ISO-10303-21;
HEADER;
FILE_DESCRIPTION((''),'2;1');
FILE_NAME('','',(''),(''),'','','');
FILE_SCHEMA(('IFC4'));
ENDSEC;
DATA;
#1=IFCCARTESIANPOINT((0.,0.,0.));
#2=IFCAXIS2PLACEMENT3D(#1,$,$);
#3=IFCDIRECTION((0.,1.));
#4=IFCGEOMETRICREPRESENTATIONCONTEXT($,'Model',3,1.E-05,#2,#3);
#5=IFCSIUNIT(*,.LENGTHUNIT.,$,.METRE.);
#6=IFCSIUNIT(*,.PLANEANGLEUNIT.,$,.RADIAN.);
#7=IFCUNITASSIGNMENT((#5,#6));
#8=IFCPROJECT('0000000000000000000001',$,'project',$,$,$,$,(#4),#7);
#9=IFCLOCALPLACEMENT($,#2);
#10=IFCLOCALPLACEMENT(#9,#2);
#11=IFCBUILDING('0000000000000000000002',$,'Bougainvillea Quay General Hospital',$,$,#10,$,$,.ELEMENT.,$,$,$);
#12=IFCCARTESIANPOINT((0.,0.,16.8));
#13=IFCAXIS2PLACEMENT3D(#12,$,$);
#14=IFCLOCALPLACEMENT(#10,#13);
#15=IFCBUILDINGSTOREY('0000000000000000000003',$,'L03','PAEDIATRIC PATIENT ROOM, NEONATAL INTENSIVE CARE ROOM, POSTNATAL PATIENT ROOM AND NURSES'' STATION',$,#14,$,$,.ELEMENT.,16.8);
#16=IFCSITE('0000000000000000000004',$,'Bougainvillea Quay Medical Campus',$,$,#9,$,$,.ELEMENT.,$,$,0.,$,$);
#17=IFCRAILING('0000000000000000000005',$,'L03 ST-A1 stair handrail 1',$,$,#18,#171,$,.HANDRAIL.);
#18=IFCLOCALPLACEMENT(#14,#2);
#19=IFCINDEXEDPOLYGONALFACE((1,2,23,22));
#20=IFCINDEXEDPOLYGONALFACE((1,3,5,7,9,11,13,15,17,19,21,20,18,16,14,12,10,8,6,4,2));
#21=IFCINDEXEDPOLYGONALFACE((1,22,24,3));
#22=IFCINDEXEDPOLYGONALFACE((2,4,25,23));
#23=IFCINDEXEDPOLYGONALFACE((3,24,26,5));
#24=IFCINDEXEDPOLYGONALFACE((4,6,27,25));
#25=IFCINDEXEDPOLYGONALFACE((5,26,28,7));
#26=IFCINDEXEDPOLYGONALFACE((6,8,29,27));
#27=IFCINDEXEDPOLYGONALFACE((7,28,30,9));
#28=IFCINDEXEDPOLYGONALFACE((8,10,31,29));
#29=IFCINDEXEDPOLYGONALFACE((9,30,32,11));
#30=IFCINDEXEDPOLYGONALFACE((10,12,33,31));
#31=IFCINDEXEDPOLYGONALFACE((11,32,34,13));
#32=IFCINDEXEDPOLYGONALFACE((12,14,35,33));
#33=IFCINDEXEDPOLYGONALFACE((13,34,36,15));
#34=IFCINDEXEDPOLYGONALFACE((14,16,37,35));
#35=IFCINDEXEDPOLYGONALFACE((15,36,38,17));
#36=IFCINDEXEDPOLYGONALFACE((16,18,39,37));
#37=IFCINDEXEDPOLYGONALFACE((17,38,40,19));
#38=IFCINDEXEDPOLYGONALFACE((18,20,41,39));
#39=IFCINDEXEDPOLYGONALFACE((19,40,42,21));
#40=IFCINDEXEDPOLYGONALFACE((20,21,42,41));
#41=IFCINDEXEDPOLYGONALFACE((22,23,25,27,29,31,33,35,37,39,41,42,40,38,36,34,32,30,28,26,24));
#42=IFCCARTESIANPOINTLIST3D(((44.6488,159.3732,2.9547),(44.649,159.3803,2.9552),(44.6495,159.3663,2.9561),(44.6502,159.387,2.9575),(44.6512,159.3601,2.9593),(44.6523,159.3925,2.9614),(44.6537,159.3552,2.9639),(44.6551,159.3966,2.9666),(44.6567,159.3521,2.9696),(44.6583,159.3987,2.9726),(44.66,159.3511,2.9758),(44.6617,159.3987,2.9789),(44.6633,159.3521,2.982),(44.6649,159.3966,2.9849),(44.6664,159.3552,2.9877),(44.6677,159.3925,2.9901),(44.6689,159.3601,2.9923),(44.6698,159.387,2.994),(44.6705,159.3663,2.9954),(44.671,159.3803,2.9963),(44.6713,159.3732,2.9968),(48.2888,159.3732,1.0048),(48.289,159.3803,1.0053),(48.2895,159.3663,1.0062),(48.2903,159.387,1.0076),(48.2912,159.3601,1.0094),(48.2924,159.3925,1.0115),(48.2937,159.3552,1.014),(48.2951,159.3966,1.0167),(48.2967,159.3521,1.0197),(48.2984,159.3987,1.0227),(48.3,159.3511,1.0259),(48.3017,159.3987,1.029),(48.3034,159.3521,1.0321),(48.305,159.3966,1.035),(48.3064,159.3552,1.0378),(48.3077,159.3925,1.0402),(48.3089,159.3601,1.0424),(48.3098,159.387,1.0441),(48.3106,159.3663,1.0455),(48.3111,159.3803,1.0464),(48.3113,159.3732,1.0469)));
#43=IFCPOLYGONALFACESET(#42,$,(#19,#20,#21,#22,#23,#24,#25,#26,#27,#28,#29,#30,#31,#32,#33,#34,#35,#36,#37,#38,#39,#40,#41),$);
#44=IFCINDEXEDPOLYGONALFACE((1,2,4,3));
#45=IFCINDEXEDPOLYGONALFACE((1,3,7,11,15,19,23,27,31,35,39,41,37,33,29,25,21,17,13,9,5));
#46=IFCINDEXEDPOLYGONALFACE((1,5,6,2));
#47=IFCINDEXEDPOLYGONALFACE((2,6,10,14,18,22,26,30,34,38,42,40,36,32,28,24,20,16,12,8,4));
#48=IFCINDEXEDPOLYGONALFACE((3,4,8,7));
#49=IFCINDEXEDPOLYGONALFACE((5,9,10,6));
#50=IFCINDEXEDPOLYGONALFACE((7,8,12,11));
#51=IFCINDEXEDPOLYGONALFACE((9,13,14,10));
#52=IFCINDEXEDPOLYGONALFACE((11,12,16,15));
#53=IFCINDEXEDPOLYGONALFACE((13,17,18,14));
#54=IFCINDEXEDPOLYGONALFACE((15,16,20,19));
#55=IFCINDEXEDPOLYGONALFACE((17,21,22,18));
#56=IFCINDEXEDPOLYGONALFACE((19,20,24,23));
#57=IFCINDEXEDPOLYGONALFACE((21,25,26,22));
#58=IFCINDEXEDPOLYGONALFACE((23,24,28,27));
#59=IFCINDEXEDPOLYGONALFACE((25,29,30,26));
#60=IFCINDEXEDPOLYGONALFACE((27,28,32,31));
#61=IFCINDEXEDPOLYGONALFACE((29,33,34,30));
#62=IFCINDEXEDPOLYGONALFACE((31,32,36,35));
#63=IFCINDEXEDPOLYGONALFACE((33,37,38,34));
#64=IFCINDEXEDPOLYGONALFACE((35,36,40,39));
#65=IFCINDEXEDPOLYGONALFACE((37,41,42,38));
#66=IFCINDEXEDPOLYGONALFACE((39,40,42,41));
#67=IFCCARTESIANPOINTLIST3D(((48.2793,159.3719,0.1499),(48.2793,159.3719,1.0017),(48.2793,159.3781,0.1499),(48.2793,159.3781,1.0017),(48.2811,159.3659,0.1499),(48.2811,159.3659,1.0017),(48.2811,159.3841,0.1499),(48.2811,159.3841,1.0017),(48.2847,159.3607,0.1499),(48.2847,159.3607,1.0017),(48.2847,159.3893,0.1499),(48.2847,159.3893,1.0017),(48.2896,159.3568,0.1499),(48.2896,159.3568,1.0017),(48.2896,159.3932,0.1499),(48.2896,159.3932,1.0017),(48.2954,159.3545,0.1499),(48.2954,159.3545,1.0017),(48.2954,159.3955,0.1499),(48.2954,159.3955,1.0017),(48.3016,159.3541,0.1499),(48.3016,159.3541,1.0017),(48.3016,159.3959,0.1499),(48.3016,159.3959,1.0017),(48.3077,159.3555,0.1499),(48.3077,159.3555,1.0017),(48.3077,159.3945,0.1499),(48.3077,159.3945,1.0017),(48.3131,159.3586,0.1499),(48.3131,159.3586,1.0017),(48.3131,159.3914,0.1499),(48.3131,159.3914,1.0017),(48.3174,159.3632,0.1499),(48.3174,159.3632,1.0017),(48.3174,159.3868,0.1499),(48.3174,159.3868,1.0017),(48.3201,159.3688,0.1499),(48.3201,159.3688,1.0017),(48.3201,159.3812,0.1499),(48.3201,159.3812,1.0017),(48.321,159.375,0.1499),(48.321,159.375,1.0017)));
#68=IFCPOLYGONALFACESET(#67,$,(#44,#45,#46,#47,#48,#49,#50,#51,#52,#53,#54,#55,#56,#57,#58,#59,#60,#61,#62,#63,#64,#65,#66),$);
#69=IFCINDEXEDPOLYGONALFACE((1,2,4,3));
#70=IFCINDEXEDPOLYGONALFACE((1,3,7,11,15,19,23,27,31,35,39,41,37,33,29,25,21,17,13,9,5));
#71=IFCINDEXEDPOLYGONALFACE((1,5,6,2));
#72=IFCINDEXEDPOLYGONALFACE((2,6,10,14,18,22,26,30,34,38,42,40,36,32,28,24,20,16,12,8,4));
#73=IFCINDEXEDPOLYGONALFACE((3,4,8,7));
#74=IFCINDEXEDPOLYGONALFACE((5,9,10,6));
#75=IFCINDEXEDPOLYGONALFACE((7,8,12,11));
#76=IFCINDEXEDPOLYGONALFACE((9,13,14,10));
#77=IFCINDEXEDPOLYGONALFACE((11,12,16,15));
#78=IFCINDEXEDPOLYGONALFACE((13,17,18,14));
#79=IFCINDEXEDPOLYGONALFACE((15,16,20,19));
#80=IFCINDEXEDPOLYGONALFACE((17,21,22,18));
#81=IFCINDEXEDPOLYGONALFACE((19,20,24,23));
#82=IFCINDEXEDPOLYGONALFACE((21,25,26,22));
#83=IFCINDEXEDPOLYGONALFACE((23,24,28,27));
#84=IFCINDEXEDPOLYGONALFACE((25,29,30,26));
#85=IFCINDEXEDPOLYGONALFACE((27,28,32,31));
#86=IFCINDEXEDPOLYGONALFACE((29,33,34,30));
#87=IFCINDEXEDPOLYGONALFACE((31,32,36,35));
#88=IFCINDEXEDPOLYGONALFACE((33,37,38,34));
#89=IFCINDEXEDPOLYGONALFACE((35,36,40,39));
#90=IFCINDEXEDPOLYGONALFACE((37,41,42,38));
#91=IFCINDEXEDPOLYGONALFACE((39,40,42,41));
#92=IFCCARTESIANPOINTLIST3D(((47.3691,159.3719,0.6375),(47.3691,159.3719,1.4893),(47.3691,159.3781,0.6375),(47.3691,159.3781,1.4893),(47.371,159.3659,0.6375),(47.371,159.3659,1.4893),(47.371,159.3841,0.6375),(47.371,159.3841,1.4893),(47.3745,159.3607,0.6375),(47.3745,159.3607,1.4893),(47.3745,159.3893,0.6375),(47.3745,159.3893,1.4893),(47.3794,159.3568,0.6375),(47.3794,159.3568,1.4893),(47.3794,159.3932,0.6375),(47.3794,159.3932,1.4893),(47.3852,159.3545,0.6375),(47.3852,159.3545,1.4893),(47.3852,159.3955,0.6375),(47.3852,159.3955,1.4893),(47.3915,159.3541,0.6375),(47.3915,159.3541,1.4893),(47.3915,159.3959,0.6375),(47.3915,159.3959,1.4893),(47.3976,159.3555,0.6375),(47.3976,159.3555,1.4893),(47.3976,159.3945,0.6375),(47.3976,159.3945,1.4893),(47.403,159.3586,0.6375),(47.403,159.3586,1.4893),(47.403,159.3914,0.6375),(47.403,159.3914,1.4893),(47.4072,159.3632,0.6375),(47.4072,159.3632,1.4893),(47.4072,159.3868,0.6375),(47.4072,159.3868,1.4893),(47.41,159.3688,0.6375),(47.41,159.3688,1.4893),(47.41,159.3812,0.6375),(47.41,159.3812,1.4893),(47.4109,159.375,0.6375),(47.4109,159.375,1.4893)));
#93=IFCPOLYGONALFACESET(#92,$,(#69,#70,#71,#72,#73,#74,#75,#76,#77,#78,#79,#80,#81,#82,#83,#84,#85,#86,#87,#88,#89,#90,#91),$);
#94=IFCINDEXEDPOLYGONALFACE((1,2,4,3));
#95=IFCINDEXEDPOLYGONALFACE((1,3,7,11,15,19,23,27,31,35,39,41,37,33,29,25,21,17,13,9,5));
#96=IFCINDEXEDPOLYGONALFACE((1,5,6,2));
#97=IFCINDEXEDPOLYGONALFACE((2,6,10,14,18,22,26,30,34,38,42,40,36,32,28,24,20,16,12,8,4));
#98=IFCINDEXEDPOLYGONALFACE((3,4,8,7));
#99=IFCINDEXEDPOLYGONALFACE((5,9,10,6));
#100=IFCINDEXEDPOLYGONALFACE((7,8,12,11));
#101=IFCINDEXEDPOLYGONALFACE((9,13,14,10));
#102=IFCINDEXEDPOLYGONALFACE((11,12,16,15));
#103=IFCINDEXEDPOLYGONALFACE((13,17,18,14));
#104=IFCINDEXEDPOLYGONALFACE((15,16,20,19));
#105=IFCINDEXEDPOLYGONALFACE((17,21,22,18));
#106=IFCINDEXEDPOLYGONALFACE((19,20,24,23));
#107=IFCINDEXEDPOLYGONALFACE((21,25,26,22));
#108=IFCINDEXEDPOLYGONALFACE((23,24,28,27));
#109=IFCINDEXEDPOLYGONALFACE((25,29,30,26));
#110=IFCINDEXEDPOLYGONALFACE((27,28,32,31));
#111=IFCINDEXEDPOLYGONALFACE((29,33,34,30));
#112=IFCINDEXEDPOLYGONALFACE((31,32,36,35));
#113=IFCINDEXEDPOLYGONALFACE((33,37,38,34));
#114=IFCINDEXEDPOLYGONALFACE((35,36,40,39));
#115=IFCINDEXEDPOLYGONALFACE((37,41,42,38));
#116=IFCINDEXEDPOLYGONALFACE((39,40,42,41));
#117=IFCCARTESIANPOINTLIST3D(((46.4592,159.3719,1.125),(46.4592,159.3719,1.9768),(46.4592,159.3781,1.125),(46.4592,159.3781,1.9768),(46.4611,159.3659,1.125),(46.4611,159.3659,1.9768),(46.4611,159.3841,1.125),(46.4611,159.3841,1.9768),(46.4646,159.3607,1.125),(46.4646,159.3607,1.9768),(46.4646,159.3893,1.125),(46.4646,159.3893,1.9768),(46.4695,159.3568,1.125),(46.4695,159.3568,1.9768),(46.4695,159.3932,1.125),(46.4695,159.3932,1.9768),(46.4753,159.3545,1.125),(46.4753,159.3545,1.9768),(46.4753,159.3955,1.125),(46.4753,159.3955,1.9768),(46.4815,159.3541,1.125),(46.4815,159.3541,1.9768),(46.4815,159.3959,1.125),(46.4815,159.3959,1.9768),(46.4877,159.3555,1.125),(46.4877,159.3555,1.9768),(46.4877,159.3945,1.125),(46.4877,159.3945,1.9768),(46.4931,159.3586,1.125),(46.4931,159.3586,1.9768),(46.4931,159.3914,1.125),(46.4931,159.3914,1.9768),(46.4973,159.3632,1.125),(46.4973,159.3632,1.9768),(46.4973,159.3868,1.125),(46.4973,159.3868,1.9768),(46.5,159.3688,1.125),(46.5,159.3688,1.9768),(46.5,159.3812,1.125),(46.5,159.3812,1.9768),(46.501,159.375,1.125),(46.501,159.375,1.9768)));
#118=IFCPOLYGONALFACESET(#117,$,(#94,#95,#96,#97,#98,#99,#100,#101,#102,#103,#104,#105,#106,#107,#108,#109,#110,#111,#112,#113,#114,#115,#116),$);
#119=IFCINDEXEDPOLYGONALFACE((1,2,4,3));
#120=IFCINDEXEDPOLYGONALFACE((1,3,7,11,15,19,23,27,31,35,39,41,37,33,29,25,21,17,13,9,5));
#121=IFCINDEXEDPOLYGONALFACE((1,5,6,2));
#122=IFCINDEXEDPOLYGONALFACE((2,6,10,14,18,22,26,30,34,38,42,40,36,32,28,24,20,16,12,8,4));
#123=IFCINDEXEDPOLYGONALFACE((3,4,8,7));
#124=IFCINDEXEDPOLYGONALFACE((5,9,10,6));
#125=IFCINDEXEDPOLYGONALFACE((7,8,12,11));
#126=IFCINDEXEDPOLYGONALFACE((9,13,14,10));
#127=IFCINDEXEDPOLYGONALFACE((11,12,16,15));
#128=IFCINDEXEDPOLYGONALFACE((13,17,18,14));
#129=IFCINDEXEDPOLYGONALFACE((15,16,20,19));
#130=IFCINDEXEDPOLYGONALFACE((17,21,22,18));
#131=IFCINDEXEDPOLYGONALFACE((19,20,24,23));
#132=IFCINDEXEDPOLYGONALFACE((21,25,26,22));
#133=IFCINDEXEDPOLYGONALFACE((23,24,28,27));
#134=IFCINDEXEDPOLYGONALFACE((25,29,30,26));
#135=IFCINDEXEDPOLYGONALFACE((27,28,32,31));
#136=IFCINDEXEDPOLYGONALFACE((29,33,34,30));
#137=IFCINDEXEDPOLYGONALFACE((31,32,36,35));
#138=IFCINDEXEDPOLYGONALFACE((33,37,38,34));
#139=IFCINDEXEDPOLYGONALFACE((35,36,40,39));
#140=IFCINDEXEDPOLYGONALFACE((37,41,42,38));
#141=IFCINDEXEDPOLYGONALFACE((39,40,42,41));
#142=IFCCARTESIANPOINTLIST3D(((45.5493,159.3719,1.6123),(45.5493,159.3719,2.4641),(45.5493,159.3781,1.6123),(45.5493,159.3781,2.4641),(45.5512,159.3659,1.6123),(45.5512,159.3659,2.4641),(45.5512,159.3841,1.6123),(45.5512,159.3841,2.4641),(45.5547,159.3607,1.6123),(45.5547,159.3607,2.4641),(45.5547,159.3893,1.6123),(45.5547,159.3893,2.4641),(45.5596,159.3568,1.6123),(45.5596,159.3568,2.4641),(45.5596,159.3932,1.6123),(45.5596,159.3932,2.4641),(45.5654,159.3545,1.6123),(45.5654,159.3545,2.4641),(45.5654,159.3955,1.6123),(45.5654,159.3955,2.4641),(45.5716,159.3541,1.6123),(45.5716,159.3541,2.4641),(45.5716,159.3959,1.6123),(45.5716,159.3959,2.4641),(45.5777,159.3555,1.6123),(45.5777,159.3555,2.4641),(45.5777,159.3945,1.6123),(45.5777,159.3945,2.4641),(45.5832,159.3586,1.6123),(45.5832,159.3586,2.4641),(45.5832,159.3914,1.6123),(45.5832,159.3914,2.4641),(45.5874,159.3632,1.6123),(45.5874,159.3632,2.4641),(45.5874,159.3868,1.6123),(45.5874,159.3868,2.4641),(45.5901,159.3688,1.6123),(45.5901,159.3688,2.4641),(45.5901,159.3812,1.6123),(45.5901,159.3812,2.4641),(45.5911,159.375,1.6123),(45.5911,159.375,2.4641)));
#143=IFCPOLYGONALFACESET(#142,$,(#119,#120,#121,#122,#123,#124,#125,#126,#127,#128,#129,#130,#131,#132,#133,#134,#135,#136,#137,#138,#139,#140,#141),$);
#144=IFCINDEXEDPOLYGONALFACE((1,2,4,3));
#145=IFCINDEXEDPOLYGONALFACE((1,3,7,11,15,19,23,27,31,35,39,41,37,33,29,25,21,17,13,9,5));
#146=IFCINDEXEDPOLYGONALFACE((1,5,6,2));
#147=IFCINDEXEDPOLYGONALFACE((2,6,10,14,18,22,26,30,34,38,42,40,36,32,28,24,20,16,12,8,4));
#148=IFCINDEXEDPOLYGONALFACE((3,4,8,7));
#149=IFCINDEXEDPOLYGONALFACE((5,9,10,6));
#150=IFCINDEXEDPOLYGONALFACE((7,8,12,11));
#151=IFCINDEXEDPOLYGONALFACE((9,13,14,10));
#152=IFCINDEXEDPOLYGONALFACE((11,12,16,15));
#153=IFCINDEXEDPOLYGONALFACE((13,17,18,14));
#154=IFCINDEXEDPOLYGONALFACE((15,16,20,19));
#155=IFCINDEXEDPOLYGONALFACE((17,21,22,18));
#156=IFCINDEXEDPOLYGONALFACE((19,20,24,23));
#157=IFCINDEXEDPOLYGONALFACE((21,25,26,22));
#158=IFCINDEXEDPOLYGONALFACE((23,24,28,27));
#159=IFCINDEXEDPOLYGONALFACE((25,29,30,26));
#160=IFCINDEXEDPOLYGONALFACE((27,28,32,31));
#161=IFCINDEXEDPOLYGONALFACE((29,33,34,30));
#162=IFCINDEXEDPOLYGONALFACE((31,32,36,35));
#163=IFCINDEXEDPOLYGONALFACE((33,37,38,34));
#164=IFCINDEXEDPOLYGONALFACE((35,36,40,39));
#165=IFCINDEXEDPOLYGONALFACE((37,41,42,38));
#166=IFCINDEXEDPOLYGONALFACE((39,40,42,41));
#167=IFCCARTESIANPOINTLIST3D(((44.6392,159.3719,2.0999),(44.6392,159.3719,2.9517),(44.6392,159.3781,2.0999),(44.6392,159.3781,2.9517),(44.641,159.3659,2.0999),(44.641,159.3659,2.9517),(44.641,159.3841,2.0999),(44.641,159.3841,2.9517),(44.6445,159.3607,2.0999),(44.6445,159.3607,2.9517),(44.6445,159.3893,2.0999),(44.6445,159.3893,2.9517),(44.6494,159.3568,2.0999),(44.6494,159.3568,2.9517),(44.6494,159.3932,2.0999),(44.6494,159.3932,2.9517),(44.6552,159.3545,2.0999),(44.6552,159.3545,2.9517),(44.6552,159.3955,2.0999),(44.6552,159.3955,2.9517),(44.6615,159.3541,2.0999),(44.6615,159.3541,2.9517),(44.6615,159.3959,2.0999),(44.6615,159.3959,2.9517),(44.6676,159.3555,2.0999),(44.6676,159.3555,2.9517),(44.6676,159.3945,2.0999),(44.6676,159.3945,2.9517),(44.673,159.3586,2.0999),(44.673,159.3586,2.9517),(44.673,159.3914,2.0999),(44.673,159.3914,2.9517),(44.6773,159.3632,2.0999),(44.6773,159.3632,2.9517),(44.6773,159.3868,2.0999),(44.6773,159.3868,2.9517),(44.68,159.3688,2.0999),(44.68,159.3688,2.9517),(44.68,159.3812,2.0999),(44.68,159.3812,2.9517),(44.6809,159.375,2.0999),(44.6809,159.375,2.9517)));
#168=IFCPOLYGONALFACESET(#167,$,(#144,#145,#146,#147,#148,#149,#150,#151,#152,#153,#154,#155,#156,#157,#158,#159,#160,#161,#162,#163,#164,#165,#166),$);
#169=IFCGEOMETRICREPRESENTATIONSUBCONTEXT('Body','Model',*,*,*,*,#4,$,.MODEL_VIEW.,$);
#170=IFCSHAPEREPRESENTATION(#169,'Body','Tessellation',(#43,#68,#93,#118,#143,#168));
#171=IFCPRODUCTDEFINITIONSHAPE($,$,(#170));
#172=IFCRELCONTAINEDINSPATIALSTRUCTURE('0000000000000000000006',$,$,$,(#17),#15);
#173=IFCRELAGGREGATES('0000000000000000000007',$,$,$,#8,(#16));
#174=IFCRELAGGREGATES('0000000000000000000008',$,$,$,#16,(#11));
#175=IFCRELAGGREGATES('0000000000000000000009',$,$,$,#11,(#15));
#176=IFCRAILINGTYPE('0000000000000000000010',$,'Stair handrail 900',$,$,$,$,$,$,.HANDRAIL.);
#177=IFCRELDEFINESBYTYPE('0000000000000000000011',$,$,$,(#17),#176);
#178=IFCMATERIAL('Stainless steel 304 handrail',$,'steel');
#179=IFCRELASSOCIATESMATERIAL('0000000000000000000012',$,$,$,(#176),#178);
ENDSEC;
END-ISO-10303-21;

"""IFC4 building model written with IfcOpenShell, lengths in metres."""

from ifc_helpers import new_model, si_unit, direction, frame, origin, origin_2d, place, context, subcontext, project, spatial, circle, extrude, material, type_object, element, save


model = new_model("IFC4")

# Units and contexts
model_context = context("Model", 3, precision=1e-05, world=origin(), true_north=direction((0.0, 1.0)))
body_context = subcontext(model_context, "Body", "Model", "MODEL_VIEW")
ifc_project = project(units=[si_unit("LENGTHUNIT", "METRE"), si_unit("PLANEANGLEUNIT", "RADIAN")], contexts=[model_context])

# Site, building, storey
site_placement = place(None, origin())
site = spatial("IfcSite", under=ifc_project, at=site_placement, Name="Bougainvillea Quay Medical Campus", CompositionType="ELEMENT", RefElevation=0.0)
building_placement = place(site_placement, origin())
building = spatial("IfcBuilding", under=site, at=building_placement, Name="Bougainvillea Quay General Hospital", CompositionType="ELEMENT")
storey_placement = place(building_placement, frame((0.0, 0.0, 16.8)))
storey = spatial("IfcBuildingStorey", under=building, at=storey_placement, Name="L03", Description="PAEDIATRIC PATIENT ROOM, NEONATAL INTENSIVE CARE ROOM, POSTNATAL PATIENT ROOM AND NURSES' STATION", CompositionType="ELEMENT", Elevation=16.8)

# Railing
ifc_material_1 = material(Name="Stainless steel 304 handrail", Category="steel")
railing_type_1 = type_object("IfcRailingType", Name="Stair handrail 900", PredefinedType="HANDRAIL", material=ifc_material_1)
railing_1_placement = place(storey_placement, frame((48.3, 159.375, 0.1499)))
element("IfcRailing", 1, at=railing_1_placement, inside=storey, type_object=railing_type_1, Name="L03 ST-A1 stair handrail 1", PredefinedType="HANDRAIL", context=body_context, shape_type="SweptSolid", body=[
    extrude(circle(Radius=0.0239, at=origin_2d()), frame((0.0, 0.0, 0.876), z_axis=(-0.881492, 0.0, 0.472198), x_axis=(0.0, -1.0, 0.0)), (0.0, 0.0, 1.0), 4.1294),
    extrude(circle(Radius=0.021, at=origin_2d()), origin(), (0.0, 0.0, 1.0), 0.8518),
    extrude(circle(Radius=0.021, at=origin_2d()), frame((-0.9102, 0.0, 0.4875)), (0.0, 0.0, 1.0), 0.8518),
    extrude(circle(Radius=0.021, at=origin_2d()), frame((-1.8201, 0.0, 0.9751)), (0.0, 0.0, 1.0), 0.8518),
    extrude(circle(Radius=0.021, at=origin_2d()), frame((-2.73, 0.0, 1.4624)), (0.0, 0.0, 1.0), 0.8518),
    extrude(circle(Radius=0.021, at=origin_2d()), frame((-3.6401, 0.0, 1.95)), (0.0, 0.0, 1.0), 0.8518),
])

save(model, "model.ifc")
